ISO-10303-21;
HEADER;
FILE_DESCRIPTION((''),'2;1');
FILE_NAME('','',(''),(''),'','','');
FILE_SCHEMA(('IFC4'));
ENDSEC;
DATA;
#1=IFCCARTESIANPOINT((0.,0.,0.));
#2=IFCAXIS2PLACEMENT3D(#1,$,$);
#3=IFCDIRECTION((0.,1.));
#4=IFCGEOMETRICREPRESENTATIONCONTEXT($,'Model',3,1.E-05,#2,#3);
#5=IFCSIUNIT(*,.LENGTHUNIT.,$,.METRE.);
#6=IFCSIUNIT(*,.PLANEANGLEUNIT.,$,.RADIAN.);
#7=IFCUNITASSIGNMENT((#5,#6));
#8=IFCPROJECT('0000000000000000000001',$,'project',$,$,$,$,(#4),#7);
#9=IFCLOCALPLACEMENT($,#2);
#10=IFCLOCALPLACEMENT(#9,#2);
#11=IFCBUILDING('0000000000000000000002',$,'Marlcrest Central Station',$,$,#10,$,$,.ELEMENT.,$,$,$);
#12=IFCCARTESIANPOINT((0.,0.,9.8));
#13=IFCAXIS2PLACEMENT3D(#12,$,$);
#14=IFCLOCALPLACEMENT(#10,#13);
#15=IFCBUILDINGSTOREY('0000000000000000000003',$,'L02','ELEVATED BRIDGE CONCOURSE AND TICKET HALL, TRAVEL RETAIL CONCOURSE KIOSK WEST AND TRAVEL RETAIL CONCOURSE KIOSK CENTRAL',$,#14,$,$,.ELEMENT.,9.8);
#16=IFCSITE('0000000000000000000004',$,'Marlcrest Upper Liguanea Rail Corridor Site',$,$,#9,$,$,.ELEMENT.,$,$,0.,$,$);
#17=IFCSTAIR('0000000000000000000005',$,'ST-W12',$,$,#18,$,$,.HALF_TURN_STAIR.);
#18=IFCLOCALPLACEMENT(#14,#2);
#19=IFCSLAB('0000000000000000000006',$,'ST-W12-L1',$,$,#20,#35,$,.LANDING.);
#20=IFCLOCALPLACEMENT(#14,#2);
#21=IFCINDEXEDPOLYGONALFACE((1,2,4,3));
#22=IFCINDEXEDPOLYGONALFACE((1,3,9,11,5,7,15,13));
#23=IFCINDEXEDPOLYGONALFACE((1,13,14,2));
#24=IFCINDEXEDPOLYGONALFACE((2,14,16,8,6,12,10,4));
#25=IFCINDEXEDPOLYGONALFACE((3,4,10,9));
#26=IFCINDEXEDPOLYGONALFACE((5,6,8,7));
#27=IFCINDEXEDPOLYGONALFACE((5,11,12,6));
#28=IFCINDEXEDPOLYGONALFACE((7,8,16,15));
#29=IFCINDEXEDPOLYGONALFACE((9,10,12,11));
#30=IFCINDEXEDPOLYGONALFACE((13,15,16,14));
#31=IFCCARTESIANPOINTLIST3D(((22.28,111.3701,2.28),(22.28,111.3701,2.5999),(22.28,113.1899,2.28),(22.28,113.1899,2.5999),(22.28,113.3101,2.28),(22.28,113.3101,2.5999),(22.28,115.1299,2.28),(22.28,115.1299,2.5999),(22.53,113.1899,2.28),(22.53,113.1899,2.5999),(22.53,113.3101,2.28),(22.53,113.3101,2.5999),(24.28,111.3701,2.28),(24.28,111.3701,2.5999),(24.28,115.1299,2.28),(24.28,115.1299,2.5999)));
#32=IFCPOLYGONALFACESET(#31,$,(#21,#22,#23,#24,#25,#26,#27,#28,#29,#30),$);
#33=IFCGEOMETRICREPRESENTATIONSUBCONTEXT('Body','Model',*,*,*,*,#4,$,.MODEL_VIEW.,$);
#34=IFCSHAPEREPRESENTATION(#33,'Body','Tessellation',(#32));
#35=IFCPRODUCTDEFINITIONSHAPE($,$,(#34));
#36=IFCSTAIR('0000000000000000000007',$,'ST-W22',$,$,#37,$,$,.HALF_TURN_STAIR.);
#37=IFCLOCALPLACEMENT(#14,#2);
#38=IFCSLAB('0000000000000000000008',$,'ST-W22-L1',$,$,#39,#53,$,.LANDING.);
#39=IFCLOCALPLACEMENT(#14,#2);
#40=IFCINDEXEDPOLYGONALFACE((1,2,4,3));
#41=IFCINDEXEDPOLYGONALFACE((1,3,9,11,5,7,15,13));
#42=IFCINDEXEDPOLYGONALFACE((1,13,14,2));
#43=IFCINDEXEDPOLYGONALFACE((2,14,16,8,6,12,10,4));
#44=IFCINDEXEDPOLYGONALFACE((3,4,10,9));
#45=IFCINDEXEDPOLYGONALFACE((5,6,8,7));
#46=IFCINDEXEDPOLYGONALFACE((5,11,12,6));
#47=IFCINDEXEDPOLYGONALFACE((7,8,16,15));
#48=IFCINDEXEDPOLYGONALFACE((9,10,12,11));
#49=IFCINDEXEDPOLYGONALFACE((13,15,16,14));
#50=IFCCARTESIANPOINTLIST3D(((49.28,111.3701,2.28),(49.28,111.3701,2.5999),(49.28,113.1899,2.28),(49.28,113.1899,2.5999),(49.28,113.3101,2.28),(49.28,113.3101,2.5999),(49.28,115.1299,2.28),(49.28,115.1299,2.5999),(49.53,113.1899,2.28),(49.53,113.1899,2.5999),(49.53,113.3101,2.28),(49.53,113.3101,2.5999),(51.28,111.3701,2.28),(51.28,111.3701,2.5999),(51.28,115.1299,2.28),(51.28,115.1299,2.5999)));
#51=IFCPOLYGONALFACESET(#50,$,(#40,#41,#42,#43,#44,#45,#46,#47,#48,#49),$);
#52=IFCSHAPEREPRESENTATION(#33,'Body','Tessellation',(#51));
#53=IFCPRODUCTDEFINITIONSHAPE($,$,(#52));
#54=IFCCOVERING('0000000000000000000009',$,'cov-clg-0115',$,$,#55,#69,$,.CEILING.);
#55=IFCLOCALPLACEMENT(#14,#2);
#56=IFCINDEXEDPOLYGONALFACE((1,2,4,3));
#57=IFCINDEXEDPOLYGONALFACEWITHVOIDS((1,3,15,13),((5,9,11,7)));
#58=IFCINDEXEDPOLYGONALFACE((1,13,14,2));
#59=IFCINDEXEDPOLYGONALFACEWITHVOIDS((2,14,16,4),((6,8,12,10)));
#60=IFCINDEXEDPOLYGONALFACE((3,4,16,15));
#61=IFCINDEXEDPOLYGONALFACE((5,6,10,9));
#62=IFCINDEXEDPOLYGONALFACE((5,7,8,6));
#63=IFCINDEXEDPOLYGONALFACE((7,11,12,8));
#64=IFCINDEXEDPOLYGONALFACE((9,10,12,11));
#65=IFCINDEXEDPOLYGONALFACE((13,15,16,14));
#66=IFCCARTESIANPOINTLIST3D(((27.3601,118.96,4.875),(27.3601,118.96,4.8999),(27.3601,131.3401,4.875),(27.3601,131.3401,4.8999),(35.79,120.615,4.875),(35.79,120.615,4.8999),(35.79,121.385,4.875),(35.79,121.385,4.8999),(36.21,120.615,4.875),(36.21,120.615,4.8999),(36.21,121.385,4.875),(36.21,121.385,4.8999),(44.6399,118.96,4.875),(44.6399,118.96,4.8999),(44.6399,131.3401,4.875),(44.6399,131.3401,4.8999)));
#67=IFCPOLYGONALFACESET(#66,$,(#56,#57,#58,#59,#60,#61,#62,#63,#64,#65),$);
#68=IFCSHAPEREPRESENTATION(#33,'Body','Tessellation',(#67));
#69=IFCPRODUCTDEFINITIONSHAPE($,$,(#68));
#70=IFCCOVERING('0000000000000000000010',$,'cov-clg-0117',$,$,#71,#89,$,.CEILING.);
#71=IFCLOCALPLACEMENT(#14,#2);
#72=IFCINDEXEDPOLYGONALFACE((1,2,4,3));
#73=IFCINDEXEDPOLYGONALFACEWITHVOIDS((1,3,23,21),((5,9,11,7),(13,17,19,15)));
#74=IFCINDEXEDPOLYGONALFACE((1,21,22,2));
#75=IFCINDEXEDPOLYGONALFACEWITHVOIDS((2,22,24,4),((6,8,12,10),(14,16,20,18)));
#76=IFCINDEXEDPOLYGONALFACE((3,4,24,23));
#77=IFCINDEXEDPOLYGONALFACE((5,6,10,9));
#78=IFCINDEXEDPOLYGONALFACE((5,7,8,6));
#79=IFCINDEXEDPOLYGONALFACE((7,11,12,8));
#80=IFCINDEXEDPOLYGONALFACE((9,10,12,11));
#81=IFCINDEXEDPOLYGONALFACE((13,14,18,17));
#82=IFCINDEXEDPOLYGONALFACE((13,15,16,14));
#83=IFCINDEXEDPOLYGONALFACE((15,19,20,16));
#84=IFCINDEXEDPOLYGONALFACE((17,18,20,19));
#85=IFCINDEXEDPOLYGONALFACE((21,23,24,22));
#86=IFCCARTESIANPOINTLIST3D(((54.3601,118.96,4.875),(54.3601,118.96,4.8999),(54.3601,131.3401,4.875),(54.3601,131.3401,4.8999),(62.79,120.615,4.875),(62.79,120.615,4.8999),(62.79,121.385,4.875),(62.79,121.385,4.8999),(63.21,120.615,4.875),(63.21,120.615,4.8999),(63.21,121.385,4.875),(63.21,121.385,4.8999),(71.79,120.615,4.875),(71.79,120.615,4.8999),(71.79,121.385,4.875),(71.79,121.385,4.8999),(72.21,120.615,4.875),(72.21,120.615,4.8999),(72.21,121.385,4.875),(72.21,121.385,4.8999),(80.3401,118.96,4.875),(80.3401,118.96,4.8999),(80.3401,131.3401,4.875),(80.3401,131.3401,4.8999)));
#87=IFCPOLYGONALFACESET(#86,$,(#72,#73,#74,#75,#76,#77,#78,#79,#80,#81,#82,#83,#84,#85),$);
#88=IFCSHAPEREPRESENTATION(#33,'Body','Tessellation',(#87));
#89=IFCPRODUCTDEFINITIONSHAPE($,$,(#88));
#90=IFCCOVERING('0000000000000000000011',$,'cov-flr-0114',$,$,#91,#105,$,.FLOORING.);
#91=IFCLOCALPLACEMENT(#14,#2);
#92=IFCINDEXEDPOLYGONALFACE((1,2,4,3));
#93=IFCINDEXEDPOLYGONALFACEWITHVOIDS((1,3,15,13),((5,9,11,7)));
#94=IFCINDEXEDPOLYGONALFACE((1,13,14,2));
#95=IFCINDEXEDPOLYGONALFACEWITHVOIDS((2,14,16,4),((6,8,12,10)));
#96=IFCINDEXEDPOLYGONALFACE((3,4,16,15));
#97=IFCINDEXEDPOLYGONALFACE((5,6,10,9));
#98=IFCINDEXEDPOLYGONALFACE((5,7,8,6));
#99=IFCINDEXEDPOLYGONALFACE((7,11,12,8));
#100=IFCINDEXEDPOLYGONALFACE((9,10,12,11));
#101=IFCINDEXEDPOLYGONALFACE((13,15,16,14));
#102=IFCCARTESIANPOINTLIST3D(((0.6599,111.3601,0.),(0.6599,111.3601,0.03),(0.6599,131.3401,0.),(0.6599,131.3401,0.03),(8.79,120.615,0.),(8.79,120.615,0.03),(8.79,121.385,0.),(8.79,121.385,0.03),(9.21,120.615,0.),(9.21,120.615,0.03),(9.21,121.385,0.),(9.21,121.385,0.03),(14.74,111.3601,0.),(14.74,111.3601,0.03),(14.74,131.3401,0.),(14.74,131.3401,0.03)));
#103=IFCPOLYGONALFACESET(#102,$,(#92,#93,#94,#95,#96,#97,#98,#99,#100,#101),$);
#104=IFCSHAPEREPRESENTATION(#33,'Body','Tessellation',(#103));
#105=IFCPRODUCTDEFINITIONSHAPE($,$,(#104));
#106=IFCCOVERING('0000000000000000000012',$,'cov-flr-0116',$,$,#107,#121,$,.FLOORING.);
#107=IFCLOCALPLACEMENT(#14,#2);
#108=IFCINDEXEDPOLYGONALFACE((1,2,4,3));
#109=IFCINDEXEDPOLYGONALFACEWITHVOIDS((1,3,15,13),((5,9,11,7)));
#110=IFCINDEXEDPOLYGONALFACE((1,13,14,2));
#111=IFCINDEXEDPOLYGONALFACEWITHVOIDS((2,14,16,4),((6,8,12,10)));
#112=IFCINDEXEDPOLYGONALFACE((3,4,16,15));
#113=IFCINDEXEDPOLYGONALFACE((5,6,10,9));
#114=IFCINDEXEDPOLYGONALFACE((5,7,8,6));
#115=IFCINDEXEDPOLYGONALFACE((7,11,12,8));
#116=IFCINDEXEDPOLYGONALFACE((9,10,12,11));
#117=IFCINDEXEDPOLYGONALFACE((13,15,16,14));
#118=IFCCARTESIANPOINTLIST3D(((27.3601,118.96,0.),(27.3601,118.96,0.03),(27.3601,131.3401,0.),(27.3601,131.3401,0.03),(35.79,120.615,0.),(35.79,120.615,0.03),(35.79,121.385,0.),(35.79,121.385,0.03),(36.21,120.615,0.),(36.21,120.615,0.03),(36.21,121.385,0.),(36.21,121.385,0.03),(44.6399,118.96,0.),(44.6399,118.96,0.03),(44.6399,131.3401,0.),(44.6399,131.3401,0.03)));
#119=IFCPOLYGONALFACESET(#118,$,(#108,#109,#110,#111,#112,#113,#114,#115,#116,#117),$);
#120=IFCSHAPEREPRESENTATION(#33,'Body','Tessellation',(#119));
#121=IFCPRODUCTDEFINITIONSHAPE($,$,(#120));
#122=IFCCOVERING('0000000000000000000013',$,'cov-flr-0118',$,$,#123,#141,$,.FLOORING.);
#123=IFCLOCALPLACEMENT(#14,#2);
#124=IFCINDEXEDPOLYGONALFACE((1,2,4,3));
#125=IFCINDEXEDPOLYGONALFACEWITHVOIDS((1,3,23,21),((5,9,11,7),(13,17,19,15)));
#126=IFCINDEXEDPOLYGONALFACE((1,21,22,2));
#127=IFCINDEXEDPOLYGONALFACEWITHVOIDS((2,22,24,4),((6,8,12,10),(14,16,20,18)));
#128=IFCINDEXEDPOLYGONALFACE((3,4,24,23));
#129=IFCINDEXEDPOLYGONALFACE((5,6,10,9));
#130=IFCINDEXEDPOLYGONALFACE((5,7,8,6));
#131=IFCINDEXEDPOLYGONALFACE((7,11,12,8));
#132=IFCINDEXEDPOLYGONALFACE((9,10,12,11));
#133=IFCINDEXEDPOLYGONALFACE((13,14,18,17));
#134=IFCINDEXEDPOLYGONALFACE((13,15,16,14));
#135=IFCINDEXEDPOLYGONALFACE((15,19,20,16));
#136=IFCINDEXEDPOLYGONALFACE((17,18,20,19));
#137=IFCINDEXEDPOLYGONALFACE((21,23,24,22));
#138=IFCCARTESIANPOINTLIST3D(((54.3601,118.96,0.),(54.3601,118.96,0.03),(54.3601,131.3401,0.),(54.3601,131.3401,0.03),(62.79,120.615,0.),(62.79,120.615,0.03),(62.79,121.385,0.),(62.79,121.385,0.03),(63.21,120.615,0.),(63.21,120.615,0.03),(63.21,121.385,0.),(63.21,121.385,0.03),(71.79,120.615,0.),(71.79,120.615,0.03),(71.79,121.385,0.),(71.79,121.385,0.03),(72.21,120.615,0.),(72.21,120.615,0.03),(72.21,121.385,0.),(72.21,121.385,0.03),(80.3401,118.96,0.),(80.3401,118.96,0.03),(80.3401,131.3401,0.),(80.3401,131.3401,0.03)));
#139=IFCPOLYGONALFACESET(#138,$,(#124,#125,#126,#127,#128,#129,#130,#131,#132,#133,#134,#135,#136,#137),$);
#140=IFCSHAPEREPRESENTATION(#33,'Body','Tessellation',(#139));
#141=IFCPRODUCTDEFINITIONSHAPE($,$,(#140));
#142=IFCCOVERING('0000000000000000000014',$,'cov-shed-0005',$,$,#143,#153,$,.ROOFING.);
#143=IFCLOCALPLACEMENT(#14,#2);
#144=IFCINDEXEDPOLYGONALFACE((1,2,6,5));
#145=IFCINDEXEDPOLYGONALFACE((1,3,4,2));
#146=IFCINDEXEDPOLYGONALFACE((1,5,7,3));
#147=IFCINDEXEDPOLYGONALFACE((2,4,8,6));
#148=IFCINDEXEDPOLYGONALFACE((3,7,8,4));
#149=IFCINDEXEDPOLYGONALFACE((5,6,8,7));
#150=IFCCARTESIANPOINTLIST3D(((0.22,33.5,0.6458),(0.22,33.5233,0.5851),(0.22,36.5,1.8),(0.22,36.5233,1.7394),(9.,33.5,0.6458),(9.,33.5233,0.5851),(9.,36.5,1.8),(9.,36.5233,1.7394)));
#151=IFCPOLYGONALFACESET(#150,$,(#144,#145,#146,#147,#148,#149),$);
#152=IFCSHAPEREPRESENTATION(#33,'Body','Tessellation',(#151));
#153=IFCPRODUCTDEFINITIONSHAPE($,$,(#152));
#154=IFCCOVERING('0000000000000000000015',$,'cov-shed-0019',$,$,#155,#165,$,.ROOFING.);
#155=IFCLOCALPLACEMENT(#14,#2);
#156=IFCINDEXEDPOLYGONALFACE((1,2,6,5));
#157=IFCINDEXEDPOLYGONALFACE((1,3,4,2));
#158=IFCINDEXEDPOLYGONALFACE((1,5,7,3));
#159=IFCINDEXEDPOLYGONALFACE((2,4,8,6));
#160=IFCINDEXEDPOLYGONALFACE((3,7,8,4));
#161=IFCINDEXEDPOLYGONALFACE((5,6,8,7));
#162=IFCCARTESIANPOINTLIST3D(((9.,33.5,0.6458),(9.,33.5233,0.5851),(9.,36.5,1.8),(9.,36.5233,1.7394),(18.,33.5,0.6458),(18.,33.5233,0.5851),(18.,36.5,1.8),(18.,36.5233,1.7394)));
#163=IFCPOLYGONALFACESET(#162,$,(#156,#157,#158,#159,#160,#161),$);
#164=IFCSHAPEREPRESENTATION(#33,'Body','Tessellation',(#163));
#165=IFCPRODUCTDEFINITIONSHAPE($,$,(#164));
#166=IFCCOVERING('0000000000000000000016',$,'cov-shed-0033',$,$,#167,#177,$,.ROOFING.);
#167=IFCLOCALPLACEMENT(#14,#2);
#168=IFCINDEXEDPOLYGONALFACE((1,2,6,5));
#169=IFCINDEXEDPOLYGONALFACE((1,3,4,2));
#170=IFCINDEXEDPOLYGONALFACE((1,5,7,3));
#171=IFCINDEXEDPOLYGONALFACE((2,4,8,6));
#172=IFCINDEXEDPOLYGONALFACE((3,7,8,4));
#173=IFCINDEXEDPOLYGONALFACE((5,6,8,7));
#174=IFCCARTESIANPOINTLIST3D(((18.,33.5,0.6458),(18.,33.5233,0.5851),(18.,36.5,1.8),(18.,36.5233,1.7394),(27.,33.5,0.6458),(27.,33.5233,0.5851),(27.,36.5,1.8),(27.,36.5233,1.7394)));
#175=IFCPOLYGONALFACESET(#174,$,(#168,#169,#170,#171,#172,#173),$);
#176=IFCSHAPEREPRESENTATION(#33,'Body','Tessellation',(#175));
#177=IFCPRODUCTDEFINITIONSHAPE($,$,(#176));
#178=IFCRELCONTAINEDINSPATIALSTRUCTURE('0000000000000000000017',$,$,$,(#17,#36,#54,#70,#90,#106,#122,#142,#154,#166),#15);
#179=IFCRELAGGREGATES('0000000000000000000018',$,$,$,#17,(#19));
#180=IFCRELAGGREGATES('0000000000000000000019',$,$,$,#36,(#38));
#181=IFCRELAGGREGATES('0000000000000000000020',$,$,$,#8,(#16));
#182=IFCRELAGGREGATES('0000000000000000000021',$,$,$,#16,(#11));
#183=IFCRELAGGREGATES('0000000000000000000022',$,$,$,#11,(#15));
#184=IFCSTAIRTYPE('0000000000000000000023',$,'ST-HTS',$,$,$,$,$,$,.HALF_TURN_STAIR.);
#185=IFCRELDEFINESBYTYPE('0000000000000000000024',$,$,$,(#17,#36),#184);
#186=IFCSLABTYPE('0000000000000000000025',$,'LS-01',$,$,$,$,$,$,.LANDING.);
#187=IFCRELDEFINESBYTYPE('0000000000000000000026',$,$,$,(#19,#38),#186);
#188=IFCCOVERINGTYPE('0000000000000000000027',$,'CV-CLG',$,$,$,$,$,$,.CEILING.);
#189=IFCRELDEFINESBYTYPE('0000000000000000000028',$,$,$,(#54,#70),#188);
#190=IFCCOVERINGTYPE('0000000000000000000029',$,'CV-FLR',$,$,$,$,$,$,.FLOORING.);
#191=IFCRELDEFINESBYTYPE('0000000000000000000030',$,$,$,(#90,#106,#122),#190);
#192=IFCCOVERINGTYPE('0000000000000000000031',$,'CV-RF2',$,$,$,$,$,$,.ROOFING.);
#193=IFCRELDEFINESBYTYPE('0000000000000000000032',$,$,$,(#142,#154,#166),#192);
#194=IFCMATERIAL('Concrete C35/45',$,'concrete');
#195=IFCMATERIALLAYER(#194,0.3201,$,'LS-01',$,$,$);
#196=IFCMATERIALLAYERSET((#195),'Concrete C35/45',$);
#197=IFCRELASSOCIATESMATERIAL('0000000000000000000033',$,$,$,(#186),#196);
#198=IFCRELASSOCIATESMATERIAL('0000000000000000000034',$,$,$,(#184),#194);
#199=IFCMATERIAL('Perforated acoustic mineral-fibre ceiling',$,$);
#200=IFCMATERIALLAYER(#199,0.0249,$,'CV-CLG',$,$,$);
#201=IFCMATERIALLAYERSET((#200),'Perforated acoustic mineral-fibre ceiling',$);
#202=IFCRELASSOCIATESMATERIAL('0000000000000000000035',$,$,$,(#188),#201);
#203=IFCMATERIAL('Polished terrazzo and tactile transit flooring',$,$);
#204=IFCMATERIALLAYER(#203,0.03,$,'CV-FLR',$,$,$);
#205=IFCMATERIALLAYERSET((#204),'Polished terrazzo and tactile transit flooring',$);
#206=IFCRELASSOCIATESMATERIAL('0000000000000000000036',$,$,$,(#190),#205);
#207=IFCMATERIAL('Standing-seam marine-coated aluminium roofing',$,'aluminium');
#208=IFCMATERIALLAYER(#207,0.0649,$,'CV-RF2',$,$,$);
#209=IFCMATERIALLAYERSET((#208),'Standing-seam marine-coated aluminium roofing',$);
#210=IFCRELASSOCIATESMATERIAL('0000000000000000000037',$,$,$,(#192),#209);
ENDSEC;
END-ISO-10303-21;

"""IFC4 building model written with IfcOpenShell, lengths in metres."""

from ifc_helpers import new_model, si_unit, direction, frame, origin, place, context, subcontext, project, spatial, polyline, outline, extrude, material, layer, layer_set, type_object, element, aggregate, save


model = new_model("IFC4")

# Units and contexts
model_context = context("Model", 3, precision=1e-05, world=origin(), true_north=direction((0.0, 1.0)))
body_context = subcontext(model_context, "Body", "Model", "MODEL_VIEW")
ifc_project = project(units=[si_unit("LENGTHUNIT", "METRE"), si_unit("PLANEANGLEUNIT", "RADIAN")], contexts=[model_context])

# Site, building, storey
site_placement = place(None, origin())
site = spatial("IfcSite", under=ifc_project, at=site_placement, Name="Marlcrest Upper Liguanea Rail Corridor Site", CompositionType="ELEMENT", RefElevation=0.0)
building_placement = place(site_placement, origin())
building = spatial("IfcBuilding", under=site, at=building_placement, Name="Marlcrest Central Station", CompositionType="ELEMENT")
storey_placement = place(building_placement, frame((0.0, 0.0, 9.8)))
storey = spatial("IfcBuildingStorey", under=building, at=storey_placement, Name="L02", Description="ELEVATED BRIDGE CONCOURSE AND TICKET HALL, TRAVEL RETAIL CONCOURSE KIOSK WEST AND TRAVEL RETAIL CONCOURSE KIOSK CENTRAL", CompositionType="ELEMENT", Elevation=9.8)

# Stairs, slabs
ifc_material_1 = material(Name="Concrete C35/45", Category="concrete")
ifc_layer_1 = layer(ifc_material_1, 0.3201, Name="LS-01")
ifc_layer_set_1 = layer_set([ifc_layer_1], Name="Concrete C35/45")
slab_type = type_object("IfcSlabType", Name="LS-01", PredefinedType="LANDING", material=ifc_layer_set_1)
stair_type_1 = type_object("IfcStairType", Name="ST-HTS", PredefinedType="HALF_TURN_STAIR", material=ifc_material_1)
stair_1_placement = place(storey_placement, origin())
stair_1 = element("IfcStair", 1, at=stair_1_placement, inside=storey, type_object=stair_type_1, Name="ST-W12", PredefinedType="HALF_TURN_STAIR")
slab_1_placement = place(storey_placement, frame((0.0, 0.0, 2.28)))
slab_1 = element("IfcSlab", 2, at=slab_1_placement, type_object=slab_type, Name="ST-W12-L1", PredefinedType="LANDING", context=body_context, shape_type="SweptSolid", body=[
    extrude(outline(polyline([(22.28, 111.3701), (24.28, 111.3701), (24.28, 115.1299), (22.28, 115.1299), (22.28, 113.3101), (22.53, 113.3101), (22.53, 113.1899), (22.28, 113.1899), (22.28, 111.3701)])), origin(), (0.0, 0.0, 1.0), 0.3198),
])
aggregate(stair_1, [slab_1])
stair_2_placement = place(storey_placement, origin())
stair_2 = element("IfcStair", 3, at=stair_2_placement, inside=storey, type_object=stair_type_1, Name="ST-W22", PredefinedType="HALF_TURN_STAIR")
slab_2_placement = place(storey_placement, frame((0.0, 0.0, 2.28)))
slab_2 = element("IfcSlab", 4, at=slab_2_placement, type_object=slab_type, Name="ST-W22-L1", PredefinedType="LANDING", context=body_context, shape_type="SweptSolid", body=[
    extrude(outline(polyline([(49.28, 111.3701), (51.28, 111.3701), (51.28, 115.1299), (49.28, 115.1299), (49.28, 113.3101), (49.53, 113.3101), (49.53, 113.1899), (49.28, 113.1899), (49.28, 111.3701)])), origin(), (0.0, 0.0, 1.0), 0.3198),
])
aggregate(stair_2, [slab_2])

# Coverings
ifc_material_2 = material(Name="Perforated acoustic mineral-fibre ceiling")
ifc_layer_2 = layer(ifc_material_2, 0.0249, Name="CV-CLG")
ifc_layer_set_2 = layer_set([ifc_layer_2], Name="Perforated acoustic mineral-fibre ceiling")
covering_type_1 = type_object("IfcCoveringType", Name="CV-CLG", PredefinedType="CEILING", material=ifc_layer_set_2)
covering_1_placement = place(storey_placement, frame((0.0, 0.0, 4.875)))
element("IfcCovering", 5, at=covering_1_placement, inside=storey, type_object=covering_type_1, Name="cov-clg-0115", PredefinedType="CEILING", context=body_context, shape_type="SweptSolid", body=[
    extrude(outline(polyline([(27.3601, 118.96), (27.3601, 131.3401), (44.6399, 131.3401), (44.6399, 118.96), (27.3601, 118.96)]), holes=[polyline([(36.21, 121.385), (35.79, 121.385), (35.79, 120.615), (36.21, 120.615), (36.21, 121.385)])]), origin(), (0.0, 0.0, 1.0), 0.0249),
])
covering_2_placement = place(storey_placement, frame((0.0, 0.0, 4.875)))
element("IfcCovering", 6, at=covering_2_placement, inside=storey, type_object=covering_type_1, Name="cov-clg-0117", PredefinedType="CEILING", context=body_context, shape_type="SweptSolid", body=[
    extrude(outline(polyline([(54.3601, 131.3401), (80.3401, 131.3401), (80.3401, 118.96), (54.3601, 118.96), (54.3601, 131.3401)]), holes=[polyline([(62.79, 121.385), (62.79, 120.615), (63.21, 120.615), (63.21, 121.385), (62.79, 121.385)]), polyline([(72.21, 121.385), (71.79, 121.385), (71.79, 120.615), (72.21, 120.615), (72.21, 121.385)])]), origin(), (0.0, 0.0, 1.0), 0.0249),
])
ifc_material_3 = material(Name="Polished terrazzo and tactile transit flooring")
ifc_layer_3 = layer(ifc_material_3, 0.03, Name="CV-FLR")
ifc_layer_set_3 = layer_set([ifc_layer_3], Name="Polished terrazzo and tactile transit flooring")
covering_type_2 = type_object("IfcCoveringType", Name="CV-FLR", PredefinedType="FLOORING", material=ifc_layer_set_3)
covering_3_placement = place(storey_placement, origin())
element("IfcCovering", 7, at=covering_3_placement, inside=storey, type_object=covering_type_2, Name="cov-flr-0114", PredefinedType="FLOORING", context=body_context, shape_type="SweptSolid", body=[
    extrude(outline(polyline([(0.6599, 111.3601), (0.6599, 131.3401), (14.74, 131.3401), (14.74, 111.3601), (0.6599, 111.3601)]), holes=[polyline([(9.21, 121.385), (8.79, 121.385), (8.79, 120.615), (9.21, 120.615), (9.21, 121.385)])]), origin(), (0.0, 0.0, 1.0), 0.03),
])
covering_4_placement = place(storey_placement, origin())
element("IfcCovering", 8, at=covering_4_placement, inside=storey, type_object=covering_type_2, Name="cov-flr-0116", PredefinedType="FLOORING", context=body_context, shape_type="SweptSolid", body=[
    extrude(outline(polyline([(27.3601, 118.96), (27.3601, 131.3401), (44.6399, 131.3401), (44.6399, 118.96), (27.3601, 118.96)]), holes=[polyline([(36.21, 121.385), (35.79, 121.385), (35.79, 120.615), (36.21, 120.615), (36.21, 121.385)])]), origin(), (0.0, 0.0, 1.0), 0.03),
])
covering_5_placement = place(storey_placement, origin())
element("IfcCovering", 9, at=covering_5_placement, inside=storey, type_object=covering_type_2, Name="cov-flr-0118", PredefinedType="FLOORING", context=body_context, shape_type="SweptSolid", body=[
    extrude(outline(polyline([(54.3601, 131.3401), (80.3401, 131.3401), (80.3401, 118.96), (54.3601, 118.96), (54.3601, 131.3401)]), holes=[polyline([(62.79, 121.385), (62.79, 120.615), (63.21, 120.615), (63.21, 121.385), (62.79, 121.385)]), polyline([(72.21, 121.385), (71.79, 121.385), (71.79, 120.615), (72.21, 120.615), (72.21, 121.385)])]), origin(), (0.0, 0.0, 1.0), 0.03),
])
ifc_material_4 = material(Name="Standing-seam marine-coated aluminium roofing", Category="aluminium")
ifc_layer_4 = layer(ifc_material_4, 0.0649, Name="CV-RF2")
ifc_layer_set_4 = layer_set([ifc_layer_4], Name="Standing-seam marine-coated aluminium roofing")
covering_type_3 = type_object("IfcCoveringType", Name="CV-RF2", PredefinedType="ROOFING", material=ifc_layer_set_4)
covering_6_placement = place(storey_placement, frame((0.22, 33.5, 0.6458), z_axis=(0.0, -0.359101, 0.933299), x_axis=(1.0, 0.0, 0.0)))
element("IfcCovering", 10, at=covering_6_placement, inside=storey, type_object=covering_type_3, Name="cov-shed-0005", PredefinedType="ROOFING", context=body_context, shape_type="SweptSolid", body=[
    extrude(outline(polyline([(0.0, 0.0), (8.78, 0.0), (8.78, 3.2144), (0.0, 3.2144), (0.0, 0.0)])), origin(), (0.0, 0.0, -1.0), 0.0649),
])
for number, where, z_axis, x_axis, name in (
    (11, (9.0, 33.5, 0.6458), (0.0, -0.359101, 0.933299), (1.0, 0.0, 0.0), "cov-shed-0019"),
    (12, (18.0, 33.5, 0.6458), (0.0, -0.359101, 0.933299), (1.0, 0.0, 0.0), "cov-shed-0033"),
):
    element("IfcCovering", number, at=place(storey_placement, frame(where, z_axis=z_axis, x_axis=x_axis)), inside=storey, type_object=covering_type_3, Name=name, PredefinedType="ROOFING", context=body_context, shape_type="SweptSolid", body=[
        extrude(outline(polyline([(0.0, 0.0), (9.0, 0.0), (9.0, 3.2144), (0.0, 3.2144), (0.0, 0.0)])), origin(), (0.0, 0.0, -1.0), 0.0649),
    ])

save(model, "model.ifc")
